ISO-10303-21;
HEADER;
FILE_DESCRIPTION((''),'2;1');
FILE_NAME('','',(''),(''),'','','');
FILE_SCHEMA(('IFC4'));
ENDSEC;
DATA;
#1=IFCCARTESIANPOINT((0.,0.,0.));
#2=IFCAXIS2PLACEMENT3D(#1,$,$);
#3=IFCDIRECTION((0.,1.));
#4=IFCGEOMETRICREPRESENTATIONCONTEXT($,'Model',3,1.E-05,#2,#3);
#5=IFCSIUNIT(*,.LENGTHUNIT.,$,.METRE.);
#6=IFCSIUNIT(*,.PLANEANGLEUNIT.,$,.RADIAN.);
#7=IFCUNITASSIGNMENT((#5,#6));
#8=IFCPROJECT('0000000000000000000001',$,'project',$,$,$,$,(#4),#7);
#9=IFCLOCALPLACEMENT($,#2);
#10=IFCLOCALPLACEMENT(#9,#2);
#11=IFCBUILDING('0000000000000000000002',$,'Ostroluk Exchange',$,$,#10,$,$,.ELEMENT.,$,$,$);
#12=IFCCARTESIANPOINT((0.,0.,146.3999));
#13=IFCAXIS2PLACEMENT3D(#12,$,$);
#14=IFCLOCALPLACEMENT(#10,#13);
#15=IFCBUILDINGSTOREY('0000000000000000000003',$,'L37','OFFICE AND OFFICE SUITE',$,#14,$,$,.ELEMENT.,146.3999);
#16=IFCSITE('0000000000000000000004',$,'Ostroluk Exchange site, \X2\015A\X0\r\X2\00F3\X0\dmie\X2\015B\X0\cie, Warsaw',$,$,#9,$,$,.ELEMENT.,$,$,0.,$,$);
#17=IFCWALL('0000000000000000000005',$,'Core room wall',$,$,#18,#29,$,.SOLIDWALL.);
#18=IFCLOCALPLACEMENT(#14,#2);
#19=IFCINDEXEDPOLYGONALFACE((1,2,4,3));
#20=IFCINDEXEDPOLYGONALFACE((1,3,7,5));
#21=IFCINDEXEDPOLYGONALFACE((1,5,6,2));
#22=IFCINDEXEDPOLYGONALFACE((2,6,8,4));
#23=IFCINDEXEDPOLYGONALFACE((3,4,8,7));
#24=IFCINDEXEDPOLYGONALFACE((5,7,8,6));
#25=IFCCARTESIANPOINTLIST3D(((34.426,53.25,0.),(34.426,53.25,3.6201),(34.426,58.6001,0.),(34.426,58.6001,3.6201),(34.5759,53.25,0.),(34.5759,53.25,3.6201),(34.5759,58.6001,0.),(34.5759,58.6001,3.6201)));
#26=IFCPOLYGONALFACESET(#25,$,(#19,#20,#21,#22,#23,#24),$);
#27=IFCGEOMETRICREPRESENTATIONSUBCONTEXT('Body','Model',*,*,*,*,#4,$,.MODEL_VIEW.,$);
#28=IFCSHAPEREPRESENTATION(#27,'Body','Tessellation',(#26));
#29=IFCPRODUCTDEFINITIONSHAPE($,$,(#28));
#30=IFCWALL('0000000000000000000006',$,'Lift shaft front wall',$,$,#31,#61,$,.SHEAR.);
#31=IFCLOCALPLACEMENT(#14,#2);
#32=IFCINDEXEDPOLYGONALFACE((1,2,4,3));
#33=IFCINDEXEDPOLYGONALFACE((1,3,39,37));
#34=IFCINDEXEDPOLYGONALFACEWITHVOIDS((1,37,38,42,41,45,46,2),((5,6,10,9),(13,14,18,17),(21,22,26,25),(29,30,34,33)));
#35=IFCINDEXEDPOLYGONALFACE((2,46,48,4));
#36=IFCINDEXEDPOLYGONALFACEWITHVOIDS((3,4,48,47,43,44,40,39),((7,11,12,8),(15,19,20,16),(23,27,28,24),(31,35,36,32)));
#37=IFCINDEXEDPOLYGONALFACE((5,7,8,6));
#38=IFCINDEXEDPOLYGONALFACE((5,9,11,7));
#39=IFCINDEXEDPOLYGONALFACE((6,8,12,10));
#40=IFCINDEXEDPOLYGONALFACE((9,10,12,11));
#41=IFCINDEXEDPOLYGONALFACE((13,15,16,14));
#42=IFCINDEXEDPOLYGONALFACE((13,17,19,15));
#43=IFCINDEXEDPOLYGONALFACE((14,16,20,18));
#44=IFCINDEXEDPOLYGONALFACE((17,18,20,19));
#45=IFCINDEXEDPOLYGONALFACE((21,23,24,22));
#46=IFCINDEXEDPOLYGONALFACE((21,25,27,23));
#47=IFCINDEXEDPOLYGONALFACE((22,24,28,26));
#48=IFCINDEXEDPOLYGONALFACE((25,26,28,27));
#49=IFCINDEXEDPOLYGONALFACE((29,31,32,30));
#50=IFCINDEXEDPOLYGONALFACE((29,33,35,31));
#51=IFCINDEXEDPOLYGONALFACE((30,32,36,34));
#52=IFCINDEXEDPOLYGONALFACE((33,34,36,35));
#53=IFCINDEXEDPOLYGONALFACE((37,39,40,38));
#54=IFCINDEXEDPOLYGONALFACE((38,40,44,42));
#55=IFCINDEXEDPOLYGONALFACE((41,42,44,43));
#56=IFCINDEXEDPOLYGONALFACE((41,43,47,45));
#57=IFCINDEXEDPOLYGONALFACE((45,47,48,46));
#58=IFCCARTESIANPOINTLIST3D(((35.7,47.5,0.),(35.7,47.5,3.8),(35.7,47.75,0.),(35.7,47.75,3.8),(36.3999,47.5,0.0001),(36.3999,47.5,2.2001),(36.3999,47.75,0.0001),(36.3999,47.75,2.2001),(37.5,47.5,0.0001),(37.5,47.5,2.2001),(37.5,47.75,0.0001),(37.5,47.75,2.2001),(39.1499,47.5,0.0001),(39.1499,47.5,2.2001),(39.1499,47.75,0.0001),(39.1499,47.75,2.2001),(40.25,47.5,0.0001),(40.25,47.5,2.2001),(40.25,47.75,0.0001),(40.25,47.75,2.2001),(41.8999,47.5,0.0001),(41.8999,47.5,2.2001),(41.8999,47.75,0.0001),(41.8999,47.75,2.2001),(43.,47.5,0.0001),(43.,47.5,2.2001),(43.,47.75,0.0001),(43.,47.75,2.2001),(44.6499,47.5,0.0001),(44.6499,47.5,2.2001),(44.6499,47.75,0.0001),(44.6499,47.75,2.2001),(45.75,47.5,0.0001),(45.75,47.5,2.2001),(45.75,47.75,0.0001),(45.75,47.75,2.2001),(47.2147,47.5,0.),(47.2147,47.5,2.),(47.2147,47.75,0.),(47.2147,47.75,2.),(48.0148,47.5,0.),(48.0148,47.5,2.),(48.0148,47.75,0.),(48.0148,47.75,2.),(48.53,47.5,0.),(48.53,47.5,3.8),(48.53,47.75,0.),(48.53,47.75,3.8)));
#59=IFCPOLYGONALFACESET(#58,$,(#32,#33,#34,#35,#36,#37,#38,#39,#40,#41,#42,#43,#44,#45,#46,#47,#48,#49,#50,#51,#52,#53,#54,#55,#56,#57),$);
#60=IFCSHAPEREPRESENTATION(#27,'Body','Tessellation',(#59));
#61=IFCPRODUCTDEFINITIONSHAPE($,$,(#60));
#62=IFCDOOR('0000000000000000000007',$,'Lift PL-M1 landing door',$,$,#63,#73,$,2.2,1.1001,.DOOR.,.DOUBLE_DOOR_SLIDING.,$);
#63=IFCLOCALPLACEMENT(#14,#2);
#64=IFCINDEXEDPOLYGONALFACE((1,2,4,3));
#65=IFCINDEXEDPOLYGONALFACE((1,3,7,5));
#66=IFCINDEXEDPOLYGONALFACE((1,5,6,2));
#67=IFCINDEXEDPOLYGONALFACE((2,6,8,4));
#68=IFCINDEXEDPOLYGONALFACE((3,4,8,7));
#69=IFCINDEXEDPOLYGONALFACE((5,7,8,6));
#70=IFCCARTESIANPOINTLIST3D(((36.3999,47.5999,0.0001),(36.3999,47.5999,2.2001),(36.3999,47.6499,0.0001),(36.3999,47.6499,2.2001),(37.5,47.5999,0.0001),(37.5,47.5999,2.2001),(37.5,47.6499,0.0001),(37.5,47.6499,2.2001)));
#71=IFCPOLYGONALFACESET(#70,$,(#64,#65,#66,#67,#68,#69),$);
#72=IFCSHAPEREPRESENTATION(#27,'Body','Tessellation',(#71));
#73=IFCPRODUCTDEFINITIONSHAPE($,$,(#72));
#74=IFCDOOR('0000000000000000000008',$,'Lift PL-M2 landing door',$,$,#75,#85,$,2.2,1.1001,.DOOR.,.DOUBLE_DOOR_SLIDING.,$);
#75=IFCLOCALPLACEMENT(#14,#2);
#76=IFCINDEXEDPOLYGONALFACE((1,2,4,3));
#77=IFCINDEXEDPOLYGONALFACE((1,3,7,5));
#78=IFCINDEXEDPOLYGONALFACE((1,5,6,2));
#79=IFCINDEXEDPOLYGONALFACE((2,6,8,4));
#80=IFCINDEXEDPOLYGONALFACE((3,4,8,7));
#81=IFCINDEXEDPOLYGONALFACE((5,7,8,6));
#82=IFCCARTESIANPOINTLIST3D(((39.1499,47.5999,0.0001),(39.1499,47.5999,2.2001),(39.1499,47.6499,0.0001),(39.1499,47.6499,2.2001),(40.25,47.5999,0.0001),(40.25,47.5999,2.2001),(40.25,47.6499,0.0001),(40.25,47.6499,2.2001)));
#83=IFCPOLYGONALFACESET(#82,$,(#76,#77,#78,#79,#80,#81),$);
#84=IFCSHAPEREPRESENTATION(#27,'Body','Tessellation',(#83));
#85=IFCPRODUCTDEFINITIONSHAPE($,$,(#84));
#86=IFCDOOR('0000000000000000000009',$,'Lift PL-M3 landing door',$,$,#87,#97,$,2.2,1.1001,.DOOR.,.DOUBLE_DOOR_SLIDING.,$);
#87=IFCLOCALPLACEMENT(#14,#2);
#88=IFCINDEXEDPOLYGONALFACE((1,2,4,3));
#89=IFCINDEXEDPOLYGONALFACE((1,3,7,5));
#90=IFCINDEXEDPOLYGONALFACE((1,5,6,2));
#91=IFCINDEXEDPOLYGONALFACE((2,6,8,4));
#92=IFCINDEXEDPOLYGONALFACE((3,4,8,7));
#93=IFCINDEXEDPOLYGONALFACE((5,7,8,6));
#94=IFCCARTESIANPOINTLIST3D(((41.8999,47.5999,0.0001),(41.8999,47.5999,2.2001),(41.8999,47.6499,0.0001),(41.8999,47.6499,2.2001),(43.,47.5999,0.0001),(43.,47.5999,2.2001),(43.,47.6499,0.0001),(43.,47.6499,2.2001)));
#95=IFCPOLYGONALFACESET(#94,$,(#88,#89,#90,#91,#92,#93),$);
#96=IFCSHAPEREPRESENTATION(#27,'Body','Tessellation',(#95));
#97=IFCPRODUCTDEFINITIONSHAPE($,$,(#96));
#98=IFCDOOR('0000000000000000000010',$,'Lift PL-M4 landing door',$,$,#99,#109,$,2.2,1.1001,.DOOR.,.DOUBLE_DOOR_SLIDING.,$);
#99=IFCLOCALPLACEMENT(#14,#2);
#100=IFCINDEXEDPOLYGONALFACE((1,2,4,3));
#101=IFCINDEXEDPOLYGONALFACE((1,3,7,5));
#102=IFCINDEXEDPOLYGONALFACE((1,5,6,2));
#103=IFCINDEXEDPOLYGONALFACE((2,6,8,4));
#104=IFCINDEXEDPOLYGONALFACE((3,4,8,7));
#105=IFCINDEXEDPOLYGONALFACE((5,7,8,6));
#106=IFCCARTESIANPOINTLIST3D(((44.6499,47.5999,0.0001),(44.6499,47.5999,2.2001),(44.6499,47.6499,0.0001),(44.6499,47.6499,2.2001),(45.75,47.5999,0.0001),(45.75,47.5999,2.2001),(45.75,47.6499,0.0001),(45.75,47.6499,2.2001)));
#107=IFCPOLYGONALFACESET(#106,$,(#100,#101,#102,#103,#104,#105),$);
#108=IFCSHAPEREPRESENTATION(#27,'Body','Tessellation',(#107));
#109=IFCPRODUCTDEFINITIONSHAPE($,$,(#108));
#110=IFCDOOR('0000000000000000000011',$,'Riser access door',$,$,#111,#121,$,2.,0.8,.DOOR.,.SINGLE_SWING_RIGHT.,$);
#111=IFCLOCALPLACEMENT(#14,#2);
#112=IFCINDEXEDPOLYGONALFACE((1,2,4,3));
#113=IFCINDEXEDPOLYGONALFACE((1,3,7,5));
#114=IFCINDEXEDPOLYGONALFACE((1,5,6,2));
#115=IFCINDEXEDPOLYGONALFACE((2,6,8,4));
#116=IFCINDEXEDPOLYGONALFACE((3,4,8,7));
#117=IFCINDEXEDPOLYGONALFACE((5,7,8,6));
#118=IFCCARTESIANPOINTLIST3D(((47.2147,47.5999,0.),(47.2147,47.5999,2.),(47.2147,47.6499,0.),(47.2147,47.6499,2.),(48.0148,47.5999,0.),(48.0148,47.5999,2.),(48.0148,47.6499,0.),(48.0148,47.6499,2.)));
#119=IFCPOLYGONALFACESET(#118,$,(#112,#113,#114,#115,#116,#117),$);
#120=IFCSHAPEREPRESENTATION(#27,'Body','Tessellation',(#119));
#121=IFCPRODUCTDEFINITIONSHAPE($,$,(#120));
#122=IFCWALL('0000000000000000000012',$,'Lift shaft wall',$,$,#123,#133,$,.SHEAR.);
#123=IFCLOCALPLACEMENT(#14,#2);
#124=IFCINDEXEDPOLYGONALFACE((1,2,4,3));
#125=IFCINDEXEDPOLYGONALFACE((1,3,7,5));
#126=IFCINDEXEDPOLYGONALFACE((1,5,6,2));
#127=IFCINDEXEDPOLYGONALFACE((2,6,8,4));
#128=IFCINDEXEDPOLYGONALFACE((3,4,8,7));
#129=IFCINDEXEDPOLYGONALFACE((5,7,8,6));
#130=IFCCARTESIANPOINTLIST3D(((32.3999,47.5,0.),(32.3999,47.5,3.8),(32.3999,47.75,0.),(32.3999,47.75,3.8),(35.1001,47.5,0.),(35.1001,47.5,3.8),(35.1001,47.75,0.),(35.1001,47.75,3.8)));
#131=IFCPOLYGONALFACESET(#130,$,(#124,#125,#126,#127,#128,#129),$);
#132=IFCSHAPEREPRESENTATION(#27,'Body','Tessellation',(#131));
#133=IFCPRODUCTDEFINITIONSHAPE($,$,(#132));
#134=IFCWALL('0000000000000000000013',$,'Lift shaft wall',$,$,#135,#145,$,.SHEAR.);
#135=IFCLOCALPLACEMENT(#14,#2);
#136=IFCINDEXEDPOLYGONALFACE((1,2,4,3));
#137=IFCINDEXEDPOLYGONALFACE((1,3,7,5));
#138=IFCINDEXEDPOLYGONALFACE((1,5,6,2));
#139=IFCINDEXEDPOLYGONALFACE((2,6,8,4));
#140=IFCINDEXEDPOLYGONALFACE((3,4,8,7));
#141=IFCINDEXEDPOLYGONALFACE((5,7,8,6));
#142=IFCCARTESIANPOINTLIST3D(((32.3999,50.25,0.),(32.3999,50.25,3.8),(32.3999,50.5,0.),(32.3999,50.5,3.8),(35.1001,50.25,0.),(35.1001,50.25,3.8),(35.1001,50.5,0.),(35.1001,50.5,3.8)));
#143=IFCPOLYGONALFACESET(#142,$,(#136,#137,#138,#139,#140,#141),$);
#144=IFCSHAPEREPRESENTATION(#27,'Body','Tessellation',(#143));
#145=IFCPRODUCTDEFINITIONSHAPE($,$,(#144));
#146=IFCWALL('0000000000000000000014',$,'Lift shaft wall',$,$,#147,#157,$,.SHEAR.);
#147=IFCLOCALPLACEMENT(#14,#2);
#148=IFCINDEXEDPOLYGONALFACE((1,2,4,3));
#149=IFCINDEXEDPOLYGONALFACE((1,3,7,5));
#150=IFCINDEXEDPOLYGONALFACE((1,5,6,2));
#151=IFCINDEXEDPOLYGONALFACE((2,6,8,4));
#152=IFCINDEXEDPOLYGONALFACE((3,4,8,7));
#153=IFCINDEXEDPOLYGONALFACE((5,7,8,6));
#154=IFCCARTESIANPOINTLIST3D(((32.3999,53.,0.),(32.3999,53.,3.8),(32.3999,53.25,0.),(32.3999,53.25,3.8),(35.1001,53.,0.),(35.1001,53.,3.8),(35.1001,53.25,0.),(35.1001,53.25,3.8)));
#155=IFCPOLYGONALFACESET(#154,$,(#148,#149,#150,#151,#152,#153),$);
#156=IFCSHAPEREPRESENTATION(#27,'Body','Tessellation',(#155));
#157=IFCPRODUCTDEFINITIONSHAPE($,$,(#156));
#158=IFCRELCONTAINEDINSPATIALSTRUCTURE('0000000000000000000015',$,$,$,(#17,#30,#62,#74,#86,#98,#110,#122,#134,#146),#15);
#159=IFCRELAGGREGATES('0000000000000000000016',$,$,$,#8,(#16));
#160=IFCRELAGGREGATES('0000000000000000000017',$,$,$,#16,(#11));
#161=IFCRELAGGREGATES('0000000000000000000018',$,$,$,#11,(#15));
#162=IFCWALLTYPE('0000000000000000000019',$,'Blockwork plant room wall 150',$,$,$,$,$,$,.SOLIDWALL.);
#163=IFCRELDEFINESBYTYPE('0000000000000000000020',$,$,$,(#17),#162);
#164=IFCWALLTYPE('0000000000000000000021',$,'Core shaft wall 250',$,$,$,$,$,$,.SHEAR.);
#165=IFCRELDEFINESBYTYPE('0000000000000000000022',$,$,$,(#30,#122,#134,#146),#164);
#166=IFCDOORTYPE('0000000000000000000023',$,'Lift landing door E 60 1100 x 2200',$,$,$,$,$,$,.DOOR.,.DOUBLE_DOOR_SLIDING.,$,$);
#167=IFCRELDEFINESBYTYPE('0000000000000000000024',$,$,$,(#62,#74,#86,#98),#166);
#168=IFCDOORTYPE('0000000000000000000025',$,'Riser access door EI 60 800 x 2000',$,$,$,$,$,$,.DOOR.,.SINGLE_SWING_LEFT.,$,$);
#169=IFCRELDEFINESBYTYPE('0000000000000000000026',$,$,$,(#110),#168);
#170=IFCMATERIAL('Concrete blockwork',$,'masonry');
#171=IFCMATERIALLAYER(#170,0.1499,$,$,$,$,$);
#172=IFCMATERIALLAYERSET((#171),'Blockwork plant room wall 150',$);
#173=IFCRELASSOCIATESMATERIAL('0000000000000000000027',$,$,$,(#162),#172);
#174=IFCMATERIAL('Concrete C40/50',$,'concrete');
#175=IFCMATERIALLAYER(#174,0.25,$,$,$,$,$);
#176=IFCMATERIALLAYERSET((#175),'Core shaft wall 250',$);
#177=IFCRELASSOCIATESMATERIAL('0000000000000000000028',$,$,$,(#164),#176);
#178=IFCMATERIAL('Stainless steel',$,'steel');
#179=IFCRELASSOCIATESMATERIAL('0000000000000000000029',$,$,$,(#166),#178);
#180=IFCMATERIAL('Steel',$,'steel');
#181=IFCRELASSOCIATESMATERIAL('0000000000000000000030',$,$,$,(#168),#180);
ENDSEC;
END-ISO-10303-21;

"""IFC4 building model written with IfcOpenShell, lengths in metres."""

from ifc_helpers import new_model, si_unit, direction, frame, frame_2d, origin, place, context, subcontext, project, spatial, rectangle, extrude, material, layer, layer_set, type_object, element, fill, save


model = new_model("IFC4")

# Units and contexts
model_context = context("Model", 3, precision=1e-05, world=origin(), true_north=direction((0.0, 1.0)))
body_context = subcontext(model_context, "Body", "Model", "MODEL_VIEW")
ifc_project = project(units=[si_unit("LENGTHUNIT", "METRE"), si_unit("PLANEANGLEUNIT", "RADIAN")], contexts=[model_context])

# Site, building, storey
site_placement = place(None, origin())
site = spatial("IfcSite", under=ifc_project, at=site_placement, Name="Ostroluk Exchange site, Śródmieście, Warsaw", CompositionType="ELEMENT", RefElevation=0.0)
building_placement = place(site_placement, origin())
building = spatial("IfcBuilding", under=site, at=building_placement, Name="Ostroluk Exchange", CompositionType="ELEMENT")
storey_placement = place(building_placement, frame((0.0, 0.0, 146.3999)))
storey = spatial("IfcBuildingStorey", under=building, at=storey_placement, Name="L37", Description="OFFICE AND OFFICE SUITE", CompositionType="ELEMENT", Elevation=146.3999)

# Wall
ifc_material_1 = material(Name="Concrete blockwork", Category="masonry")
ifc_layer_1 = layer(ifc_material_1, 0.1499)
ifc_layer_set_1 = layer_set([ifc_layer_1], Name="Blockwork plant room wall 150")
wall_type_1 = type_object("IfcWallType", Name="Blockwork plant room wall 150", PredefinedType="SOLIDWALL", material=ifc_layer_set_1)
wall_1_placement = place(storey_placement, frame((34.501, 53.25, 0.0), z_axis=(0.0, 0.0, 1.0), x_axis=(0.0, 1.0, 0.0)))
element("IfcWall", 1, at=wall_1_placement, inside=storey, type_object=wall_type_1, Name="Core room wall", PredefinedType="SOLIDWALL", context=body_context, shape_type="SweptSolid", body=[
    extrude(rectangle(XDim=5.3501, YDim=0.1499, at=frame_2d((2.675, 0.0))), origin(), (0.0, 0.0, 1.0), 3.6201),
])

# Wall, openings, doors
ifc_material_2 = material(Name="Concrete C40/50", Category="concrete")
ifc_layer_2 = layer(ifc_material_2, 0.25)
ifc_layer_set_2 = layer_set([ifc_layer_2], Name="Core shaft wall 250")
wall_type_2 = type_object("IfcWallType", Name="Core shaft wall 250", PredefinedType="SHEAR", material=ifc_layer_set_2)
wall_2_placement = place(storey_placement, frame((35.7, 47.625, 0.0), z_axis=(0.0, 0.0, 1.0), x_axis=(1.0, 0.0, 0.0)))
wall_2 = element("IfcWall", 2, at=wall_2_placement, inside=storey, type_object=wall_type_2, Name="Lift shaft front wall", PredefinedType="SHEAR", context=body_context, shape_type="SweptSolid", body=[
    extrude(rectangle(XDim=12.8301, YDim=0.25, at=frame_2d((6.415, 0.0))), origin(), (0.0, 0.0, 1.0), 3.8),
])
opening_1_placement = place(wall_2_placement, frame((0.7, 0.0, 0.0)))
opening_1 = element("IfcOpeningElement", 3, at=opening_1_placement, cuts=wall_2, PredefinedType="OPENING", context=body_context, shape_type="SweptSolid", body=[
    extrude(rectangle(XDim=1.1001, YDim=2.2, at=frame_2d((0.55, 1.1001))), frame((0.0, 0.135, 0.0), z_axis=(0.0, -1.0, 0.0), x_axis=(1.0, 0.0, 0.0)), (0.0, 0.0, 1.0), 0.27),
])
opening_2_placement = place(wall_2_placement, frame((3.45, 0.0, 0.0)))
opening_2 = element("IfcOpeningElement", 4, at=opening_2_placement, cuts=wall_2, PredefinedType="OPENING", context=body_context, shape_type="SweptSolid", body=[
    extrude(rectangle(XDim=1.1001, YDim=2.2, at=frame_2d((0.55, 1.1001))), frame((0.0, 0.135, 0.0), z_axis=(0.0, -1.0, 0.0), x_axis=(1.0, 0.0, 0.0)), (0.0, 0.0, 1.0), 0.27),
])
opening_3_placement = place(wall_2_placement, frame((6.2, 0.0, 0.0)))
opening_3 = element("IfcOpeningElement", 5, at=opening_3_placement, cuts=wall_2, PredefinedType="OPENING", context=body_context, shape_type="SweptSolid", body=[
    extrude(rectangle(XDim=1.1001, YDim=2.2, at=frame_2d((0.55, 1.1001))), frame((0.0, 0.135, 0.0), z_axis=(0.0, -1.0, 0.0), x_axis=(1.0, 0.0, 0.0)), (0.0, 0.0, 1.0), 0.27),
])
opening_4_placement = place(wall_2_placement, frame((8.95, 0.0, 0.0)))
opening_4 = element("IfcOpeningElement", 6, at=opening_4_placement, cuts=wall_2, PredefinedType="OPENING", context=body_context, shape_type="SweptSolid", body=[
    extrude(rectangle(XDim=1.1001, YDim=2.2, at=frame_2d((0.55, 1.1001))), frame((0.0, 0.135, 0.0), z_axis=(0.0, -1.0, 0.0), x_axis=(1.0, 0.0, 0.0)), (0.0, 0.0, 1.0), 0.27),
])
opening_5_placement = place(wall_2_placement, frame((11.5149, 0.0, 0.0)))
opening_5 = element("IfcOpeningElement", 7, at=opening_5_placement, cuts=wall_2, PredefinedType="OPENING", context=body_context, shape_type="SweptSolid", body=[
    extrude(rectangle(XDim=0.8, YDim=2.0, at=frame_2d((0.3999, 1.0))), frame((0.0, 0.135, 0.0), z_axis=(0.0, -1.0, 0.0), x_axis=(1.0, 0.0, 0.0)), (0.0, 0.0, 1.0), 0.27),
])
ifc_material_3 = material(Name="Stainless steel", Category="steel")
door_type_1 = type_object("IfcDoorType", Name="Lift landing door E 60 1100 x 2200", OperationType="DOUBLE_DOOR_SLIDING", PredefinedType="DOOR", material=ifc_material_3)
door_1_placement = place(opening_1_placement, origin())
door_1 = element("IfcDoor", 8, at=door_1_placement, inside=storey, type_object=door_type_1, Name="Lift PL-M1 landing door", OperationType="DOUBLE_DOOR_SLIDING", OverallHeight=2.2, OverallWidth=1.1001, PredefinedType="DOOR", context=body_context, shape_type="SweptSolid", body=[
    extrude(rectangle(XDim=1.1001, YDim=2.2, at=frame_2d((0.55, 1.1001))), frame((0.0, 0.0249, 0.0), z_axis=(0.0, -1.0, 0.0), x_axis=(1.0, 0.0, 0.0)), (0.0, 0.0, 1.0), 0.05),
])
fill(opening_1, door_1)
door_2_placement = place(opening_2_placement, origin())
door_2 = element("IfcDoor", 9, at=door_2_placement, inside=storey, type_object=door_type_1, Name="Lift PL-M2 landing door", OperationType="DOUBLE_DOOR_SLIDING", OverallHeight=2.2, OverallWidth=1.1001, PredefinedType="DOOR", context=body_context, shape_type="SweptSolid", body=[
    extrude(rectangle(XDim=1.1001, YDim=2.2, at=frame_2d((0.55, 1.1001))), frame((0.0, 0.0249, 0.0), z_axis=(0.0, -1.0, 0.0), x_axis=(1.0, 0.0, 0.0)), (0.0, 0.0, 1.0), 0.05),
])
fill(opening_2, door_2)
door_3_placement = place(opening_3_placement, origin())
door_3 = element("IfcDoor", 10, at=door_3_placement, inside=storey, type_object=door_type_1, Name="Lift PL-M3 landing door", OperationType="DOUBLE_DOOR_SLIDING", OverallHeight=2.2, OverallWidth=1.1001, PredefinedType="DOOR", context=body_context, shape_type="SweptSolid", body=[
    extrude(rectangle(XDim=1.1001, YDim=2.2, at=frame_2d((0.55, 1.1001))), frame((0.0, 0.0249, 0.0), z_axis=(0.0, -1.0, 0.0), x_axis=(1.0, 0.0, 0.0)), (0.0, 0.0, 1.0), 0.05),
])
fill(opening_3, door_3)
door_4_placement = place(opening_4_placement, origin())
door_4 = element("IfcDoor", 11, at=door_4_placement, inside=storey, type_object=door_type_1, Name="Lift PL-M4 landing door", OperationType="DOUBLE_DOOR_SLIDING", OverallHeight=2.2, OverallWidth=1.1001, PredefinedType="DOOR", context=body_context, shape_type="SweptSolid", body=[
    extrude(rectangle(XDim=1.1001, YDim=2.2, at=frame_2d((0.55, 1.1001))), frame((0.0, 0.0249, 0.0), z_axis=(0.0, -1.0, 0.0), x_axis=(1.0, 0.0, 0.0)), (0.0, 0.0, 1.0), 0.05),
])
fill(opening_4, door_4)
ifc_material_4 = material(Name="Steel", Category="steel")
door_type_2 = type_object("IfcDoorType", Name="Riser access door EI 60 800 x 2000", OperationType="SINGLE_SWING_LEFT", PredefinedType="DOOR", material=ifc_material_4)
door_5_placement = place(opening_5_placement, origin())
door_5 = element("IfcDoor", 12, at=door_5_placement, inside=storey, type_object=door_type_2, Name="Riser access door", OperationType="SINGLE_SWING_RIGHT", OverallHeight=2.0, OverallWidth=0.8, PredefinedType="DOOR", context=body_context, shape_type="SweptSolid", body=[
    extrude(rectangle(XDim=0.8, YDim=2.0, at=frame_2d((0.3999, 1.0))), frame((0.0, 0.0249, 0.0), z_axis=(0.0, -1.0, 0.0), x_axis=(1.0, 0.0, 0.0)), (0.0, 0.0, 1.0), 0.05),
])
fill(opening_5, door_5)

# Walls
for number, where, z_axis, x_axis, name in (
    (13, (32.3999, 47.625, 0.0), (0.0, 0.0, 1.0), (1.0, 0.0, 0.0), "Lift shaft wall"),
    (14, (32.3999, 50.375, 0.0), (0.0, 0.0, 1.0), (1.0, 0.0, 0.0), "Lift shaft wall"),
    (15, (32.3999, 53.125, 0.0), (0.0, 0.0, 1.0), (1.0, 0.0, 0.0), "Lift shaft wall"),
):
    element("IfcWall", number, at=place(storey_placement, frame(where, z_axis=z_axis, x_axis=x_axis)), inside=storey, type_object=wall_type_2, Name=name, PredefinedType="SHEAR", context=body_context, shape_type="SweptSolid", body=[
        extrude(rectangle(XDim=2.7002, YDim=0.25, at=frame_2d((1.3501, 0.0))), origin(), (0.0, 0.0, 1.0), 3.8),
    ])

save(model, "model.ifc")
